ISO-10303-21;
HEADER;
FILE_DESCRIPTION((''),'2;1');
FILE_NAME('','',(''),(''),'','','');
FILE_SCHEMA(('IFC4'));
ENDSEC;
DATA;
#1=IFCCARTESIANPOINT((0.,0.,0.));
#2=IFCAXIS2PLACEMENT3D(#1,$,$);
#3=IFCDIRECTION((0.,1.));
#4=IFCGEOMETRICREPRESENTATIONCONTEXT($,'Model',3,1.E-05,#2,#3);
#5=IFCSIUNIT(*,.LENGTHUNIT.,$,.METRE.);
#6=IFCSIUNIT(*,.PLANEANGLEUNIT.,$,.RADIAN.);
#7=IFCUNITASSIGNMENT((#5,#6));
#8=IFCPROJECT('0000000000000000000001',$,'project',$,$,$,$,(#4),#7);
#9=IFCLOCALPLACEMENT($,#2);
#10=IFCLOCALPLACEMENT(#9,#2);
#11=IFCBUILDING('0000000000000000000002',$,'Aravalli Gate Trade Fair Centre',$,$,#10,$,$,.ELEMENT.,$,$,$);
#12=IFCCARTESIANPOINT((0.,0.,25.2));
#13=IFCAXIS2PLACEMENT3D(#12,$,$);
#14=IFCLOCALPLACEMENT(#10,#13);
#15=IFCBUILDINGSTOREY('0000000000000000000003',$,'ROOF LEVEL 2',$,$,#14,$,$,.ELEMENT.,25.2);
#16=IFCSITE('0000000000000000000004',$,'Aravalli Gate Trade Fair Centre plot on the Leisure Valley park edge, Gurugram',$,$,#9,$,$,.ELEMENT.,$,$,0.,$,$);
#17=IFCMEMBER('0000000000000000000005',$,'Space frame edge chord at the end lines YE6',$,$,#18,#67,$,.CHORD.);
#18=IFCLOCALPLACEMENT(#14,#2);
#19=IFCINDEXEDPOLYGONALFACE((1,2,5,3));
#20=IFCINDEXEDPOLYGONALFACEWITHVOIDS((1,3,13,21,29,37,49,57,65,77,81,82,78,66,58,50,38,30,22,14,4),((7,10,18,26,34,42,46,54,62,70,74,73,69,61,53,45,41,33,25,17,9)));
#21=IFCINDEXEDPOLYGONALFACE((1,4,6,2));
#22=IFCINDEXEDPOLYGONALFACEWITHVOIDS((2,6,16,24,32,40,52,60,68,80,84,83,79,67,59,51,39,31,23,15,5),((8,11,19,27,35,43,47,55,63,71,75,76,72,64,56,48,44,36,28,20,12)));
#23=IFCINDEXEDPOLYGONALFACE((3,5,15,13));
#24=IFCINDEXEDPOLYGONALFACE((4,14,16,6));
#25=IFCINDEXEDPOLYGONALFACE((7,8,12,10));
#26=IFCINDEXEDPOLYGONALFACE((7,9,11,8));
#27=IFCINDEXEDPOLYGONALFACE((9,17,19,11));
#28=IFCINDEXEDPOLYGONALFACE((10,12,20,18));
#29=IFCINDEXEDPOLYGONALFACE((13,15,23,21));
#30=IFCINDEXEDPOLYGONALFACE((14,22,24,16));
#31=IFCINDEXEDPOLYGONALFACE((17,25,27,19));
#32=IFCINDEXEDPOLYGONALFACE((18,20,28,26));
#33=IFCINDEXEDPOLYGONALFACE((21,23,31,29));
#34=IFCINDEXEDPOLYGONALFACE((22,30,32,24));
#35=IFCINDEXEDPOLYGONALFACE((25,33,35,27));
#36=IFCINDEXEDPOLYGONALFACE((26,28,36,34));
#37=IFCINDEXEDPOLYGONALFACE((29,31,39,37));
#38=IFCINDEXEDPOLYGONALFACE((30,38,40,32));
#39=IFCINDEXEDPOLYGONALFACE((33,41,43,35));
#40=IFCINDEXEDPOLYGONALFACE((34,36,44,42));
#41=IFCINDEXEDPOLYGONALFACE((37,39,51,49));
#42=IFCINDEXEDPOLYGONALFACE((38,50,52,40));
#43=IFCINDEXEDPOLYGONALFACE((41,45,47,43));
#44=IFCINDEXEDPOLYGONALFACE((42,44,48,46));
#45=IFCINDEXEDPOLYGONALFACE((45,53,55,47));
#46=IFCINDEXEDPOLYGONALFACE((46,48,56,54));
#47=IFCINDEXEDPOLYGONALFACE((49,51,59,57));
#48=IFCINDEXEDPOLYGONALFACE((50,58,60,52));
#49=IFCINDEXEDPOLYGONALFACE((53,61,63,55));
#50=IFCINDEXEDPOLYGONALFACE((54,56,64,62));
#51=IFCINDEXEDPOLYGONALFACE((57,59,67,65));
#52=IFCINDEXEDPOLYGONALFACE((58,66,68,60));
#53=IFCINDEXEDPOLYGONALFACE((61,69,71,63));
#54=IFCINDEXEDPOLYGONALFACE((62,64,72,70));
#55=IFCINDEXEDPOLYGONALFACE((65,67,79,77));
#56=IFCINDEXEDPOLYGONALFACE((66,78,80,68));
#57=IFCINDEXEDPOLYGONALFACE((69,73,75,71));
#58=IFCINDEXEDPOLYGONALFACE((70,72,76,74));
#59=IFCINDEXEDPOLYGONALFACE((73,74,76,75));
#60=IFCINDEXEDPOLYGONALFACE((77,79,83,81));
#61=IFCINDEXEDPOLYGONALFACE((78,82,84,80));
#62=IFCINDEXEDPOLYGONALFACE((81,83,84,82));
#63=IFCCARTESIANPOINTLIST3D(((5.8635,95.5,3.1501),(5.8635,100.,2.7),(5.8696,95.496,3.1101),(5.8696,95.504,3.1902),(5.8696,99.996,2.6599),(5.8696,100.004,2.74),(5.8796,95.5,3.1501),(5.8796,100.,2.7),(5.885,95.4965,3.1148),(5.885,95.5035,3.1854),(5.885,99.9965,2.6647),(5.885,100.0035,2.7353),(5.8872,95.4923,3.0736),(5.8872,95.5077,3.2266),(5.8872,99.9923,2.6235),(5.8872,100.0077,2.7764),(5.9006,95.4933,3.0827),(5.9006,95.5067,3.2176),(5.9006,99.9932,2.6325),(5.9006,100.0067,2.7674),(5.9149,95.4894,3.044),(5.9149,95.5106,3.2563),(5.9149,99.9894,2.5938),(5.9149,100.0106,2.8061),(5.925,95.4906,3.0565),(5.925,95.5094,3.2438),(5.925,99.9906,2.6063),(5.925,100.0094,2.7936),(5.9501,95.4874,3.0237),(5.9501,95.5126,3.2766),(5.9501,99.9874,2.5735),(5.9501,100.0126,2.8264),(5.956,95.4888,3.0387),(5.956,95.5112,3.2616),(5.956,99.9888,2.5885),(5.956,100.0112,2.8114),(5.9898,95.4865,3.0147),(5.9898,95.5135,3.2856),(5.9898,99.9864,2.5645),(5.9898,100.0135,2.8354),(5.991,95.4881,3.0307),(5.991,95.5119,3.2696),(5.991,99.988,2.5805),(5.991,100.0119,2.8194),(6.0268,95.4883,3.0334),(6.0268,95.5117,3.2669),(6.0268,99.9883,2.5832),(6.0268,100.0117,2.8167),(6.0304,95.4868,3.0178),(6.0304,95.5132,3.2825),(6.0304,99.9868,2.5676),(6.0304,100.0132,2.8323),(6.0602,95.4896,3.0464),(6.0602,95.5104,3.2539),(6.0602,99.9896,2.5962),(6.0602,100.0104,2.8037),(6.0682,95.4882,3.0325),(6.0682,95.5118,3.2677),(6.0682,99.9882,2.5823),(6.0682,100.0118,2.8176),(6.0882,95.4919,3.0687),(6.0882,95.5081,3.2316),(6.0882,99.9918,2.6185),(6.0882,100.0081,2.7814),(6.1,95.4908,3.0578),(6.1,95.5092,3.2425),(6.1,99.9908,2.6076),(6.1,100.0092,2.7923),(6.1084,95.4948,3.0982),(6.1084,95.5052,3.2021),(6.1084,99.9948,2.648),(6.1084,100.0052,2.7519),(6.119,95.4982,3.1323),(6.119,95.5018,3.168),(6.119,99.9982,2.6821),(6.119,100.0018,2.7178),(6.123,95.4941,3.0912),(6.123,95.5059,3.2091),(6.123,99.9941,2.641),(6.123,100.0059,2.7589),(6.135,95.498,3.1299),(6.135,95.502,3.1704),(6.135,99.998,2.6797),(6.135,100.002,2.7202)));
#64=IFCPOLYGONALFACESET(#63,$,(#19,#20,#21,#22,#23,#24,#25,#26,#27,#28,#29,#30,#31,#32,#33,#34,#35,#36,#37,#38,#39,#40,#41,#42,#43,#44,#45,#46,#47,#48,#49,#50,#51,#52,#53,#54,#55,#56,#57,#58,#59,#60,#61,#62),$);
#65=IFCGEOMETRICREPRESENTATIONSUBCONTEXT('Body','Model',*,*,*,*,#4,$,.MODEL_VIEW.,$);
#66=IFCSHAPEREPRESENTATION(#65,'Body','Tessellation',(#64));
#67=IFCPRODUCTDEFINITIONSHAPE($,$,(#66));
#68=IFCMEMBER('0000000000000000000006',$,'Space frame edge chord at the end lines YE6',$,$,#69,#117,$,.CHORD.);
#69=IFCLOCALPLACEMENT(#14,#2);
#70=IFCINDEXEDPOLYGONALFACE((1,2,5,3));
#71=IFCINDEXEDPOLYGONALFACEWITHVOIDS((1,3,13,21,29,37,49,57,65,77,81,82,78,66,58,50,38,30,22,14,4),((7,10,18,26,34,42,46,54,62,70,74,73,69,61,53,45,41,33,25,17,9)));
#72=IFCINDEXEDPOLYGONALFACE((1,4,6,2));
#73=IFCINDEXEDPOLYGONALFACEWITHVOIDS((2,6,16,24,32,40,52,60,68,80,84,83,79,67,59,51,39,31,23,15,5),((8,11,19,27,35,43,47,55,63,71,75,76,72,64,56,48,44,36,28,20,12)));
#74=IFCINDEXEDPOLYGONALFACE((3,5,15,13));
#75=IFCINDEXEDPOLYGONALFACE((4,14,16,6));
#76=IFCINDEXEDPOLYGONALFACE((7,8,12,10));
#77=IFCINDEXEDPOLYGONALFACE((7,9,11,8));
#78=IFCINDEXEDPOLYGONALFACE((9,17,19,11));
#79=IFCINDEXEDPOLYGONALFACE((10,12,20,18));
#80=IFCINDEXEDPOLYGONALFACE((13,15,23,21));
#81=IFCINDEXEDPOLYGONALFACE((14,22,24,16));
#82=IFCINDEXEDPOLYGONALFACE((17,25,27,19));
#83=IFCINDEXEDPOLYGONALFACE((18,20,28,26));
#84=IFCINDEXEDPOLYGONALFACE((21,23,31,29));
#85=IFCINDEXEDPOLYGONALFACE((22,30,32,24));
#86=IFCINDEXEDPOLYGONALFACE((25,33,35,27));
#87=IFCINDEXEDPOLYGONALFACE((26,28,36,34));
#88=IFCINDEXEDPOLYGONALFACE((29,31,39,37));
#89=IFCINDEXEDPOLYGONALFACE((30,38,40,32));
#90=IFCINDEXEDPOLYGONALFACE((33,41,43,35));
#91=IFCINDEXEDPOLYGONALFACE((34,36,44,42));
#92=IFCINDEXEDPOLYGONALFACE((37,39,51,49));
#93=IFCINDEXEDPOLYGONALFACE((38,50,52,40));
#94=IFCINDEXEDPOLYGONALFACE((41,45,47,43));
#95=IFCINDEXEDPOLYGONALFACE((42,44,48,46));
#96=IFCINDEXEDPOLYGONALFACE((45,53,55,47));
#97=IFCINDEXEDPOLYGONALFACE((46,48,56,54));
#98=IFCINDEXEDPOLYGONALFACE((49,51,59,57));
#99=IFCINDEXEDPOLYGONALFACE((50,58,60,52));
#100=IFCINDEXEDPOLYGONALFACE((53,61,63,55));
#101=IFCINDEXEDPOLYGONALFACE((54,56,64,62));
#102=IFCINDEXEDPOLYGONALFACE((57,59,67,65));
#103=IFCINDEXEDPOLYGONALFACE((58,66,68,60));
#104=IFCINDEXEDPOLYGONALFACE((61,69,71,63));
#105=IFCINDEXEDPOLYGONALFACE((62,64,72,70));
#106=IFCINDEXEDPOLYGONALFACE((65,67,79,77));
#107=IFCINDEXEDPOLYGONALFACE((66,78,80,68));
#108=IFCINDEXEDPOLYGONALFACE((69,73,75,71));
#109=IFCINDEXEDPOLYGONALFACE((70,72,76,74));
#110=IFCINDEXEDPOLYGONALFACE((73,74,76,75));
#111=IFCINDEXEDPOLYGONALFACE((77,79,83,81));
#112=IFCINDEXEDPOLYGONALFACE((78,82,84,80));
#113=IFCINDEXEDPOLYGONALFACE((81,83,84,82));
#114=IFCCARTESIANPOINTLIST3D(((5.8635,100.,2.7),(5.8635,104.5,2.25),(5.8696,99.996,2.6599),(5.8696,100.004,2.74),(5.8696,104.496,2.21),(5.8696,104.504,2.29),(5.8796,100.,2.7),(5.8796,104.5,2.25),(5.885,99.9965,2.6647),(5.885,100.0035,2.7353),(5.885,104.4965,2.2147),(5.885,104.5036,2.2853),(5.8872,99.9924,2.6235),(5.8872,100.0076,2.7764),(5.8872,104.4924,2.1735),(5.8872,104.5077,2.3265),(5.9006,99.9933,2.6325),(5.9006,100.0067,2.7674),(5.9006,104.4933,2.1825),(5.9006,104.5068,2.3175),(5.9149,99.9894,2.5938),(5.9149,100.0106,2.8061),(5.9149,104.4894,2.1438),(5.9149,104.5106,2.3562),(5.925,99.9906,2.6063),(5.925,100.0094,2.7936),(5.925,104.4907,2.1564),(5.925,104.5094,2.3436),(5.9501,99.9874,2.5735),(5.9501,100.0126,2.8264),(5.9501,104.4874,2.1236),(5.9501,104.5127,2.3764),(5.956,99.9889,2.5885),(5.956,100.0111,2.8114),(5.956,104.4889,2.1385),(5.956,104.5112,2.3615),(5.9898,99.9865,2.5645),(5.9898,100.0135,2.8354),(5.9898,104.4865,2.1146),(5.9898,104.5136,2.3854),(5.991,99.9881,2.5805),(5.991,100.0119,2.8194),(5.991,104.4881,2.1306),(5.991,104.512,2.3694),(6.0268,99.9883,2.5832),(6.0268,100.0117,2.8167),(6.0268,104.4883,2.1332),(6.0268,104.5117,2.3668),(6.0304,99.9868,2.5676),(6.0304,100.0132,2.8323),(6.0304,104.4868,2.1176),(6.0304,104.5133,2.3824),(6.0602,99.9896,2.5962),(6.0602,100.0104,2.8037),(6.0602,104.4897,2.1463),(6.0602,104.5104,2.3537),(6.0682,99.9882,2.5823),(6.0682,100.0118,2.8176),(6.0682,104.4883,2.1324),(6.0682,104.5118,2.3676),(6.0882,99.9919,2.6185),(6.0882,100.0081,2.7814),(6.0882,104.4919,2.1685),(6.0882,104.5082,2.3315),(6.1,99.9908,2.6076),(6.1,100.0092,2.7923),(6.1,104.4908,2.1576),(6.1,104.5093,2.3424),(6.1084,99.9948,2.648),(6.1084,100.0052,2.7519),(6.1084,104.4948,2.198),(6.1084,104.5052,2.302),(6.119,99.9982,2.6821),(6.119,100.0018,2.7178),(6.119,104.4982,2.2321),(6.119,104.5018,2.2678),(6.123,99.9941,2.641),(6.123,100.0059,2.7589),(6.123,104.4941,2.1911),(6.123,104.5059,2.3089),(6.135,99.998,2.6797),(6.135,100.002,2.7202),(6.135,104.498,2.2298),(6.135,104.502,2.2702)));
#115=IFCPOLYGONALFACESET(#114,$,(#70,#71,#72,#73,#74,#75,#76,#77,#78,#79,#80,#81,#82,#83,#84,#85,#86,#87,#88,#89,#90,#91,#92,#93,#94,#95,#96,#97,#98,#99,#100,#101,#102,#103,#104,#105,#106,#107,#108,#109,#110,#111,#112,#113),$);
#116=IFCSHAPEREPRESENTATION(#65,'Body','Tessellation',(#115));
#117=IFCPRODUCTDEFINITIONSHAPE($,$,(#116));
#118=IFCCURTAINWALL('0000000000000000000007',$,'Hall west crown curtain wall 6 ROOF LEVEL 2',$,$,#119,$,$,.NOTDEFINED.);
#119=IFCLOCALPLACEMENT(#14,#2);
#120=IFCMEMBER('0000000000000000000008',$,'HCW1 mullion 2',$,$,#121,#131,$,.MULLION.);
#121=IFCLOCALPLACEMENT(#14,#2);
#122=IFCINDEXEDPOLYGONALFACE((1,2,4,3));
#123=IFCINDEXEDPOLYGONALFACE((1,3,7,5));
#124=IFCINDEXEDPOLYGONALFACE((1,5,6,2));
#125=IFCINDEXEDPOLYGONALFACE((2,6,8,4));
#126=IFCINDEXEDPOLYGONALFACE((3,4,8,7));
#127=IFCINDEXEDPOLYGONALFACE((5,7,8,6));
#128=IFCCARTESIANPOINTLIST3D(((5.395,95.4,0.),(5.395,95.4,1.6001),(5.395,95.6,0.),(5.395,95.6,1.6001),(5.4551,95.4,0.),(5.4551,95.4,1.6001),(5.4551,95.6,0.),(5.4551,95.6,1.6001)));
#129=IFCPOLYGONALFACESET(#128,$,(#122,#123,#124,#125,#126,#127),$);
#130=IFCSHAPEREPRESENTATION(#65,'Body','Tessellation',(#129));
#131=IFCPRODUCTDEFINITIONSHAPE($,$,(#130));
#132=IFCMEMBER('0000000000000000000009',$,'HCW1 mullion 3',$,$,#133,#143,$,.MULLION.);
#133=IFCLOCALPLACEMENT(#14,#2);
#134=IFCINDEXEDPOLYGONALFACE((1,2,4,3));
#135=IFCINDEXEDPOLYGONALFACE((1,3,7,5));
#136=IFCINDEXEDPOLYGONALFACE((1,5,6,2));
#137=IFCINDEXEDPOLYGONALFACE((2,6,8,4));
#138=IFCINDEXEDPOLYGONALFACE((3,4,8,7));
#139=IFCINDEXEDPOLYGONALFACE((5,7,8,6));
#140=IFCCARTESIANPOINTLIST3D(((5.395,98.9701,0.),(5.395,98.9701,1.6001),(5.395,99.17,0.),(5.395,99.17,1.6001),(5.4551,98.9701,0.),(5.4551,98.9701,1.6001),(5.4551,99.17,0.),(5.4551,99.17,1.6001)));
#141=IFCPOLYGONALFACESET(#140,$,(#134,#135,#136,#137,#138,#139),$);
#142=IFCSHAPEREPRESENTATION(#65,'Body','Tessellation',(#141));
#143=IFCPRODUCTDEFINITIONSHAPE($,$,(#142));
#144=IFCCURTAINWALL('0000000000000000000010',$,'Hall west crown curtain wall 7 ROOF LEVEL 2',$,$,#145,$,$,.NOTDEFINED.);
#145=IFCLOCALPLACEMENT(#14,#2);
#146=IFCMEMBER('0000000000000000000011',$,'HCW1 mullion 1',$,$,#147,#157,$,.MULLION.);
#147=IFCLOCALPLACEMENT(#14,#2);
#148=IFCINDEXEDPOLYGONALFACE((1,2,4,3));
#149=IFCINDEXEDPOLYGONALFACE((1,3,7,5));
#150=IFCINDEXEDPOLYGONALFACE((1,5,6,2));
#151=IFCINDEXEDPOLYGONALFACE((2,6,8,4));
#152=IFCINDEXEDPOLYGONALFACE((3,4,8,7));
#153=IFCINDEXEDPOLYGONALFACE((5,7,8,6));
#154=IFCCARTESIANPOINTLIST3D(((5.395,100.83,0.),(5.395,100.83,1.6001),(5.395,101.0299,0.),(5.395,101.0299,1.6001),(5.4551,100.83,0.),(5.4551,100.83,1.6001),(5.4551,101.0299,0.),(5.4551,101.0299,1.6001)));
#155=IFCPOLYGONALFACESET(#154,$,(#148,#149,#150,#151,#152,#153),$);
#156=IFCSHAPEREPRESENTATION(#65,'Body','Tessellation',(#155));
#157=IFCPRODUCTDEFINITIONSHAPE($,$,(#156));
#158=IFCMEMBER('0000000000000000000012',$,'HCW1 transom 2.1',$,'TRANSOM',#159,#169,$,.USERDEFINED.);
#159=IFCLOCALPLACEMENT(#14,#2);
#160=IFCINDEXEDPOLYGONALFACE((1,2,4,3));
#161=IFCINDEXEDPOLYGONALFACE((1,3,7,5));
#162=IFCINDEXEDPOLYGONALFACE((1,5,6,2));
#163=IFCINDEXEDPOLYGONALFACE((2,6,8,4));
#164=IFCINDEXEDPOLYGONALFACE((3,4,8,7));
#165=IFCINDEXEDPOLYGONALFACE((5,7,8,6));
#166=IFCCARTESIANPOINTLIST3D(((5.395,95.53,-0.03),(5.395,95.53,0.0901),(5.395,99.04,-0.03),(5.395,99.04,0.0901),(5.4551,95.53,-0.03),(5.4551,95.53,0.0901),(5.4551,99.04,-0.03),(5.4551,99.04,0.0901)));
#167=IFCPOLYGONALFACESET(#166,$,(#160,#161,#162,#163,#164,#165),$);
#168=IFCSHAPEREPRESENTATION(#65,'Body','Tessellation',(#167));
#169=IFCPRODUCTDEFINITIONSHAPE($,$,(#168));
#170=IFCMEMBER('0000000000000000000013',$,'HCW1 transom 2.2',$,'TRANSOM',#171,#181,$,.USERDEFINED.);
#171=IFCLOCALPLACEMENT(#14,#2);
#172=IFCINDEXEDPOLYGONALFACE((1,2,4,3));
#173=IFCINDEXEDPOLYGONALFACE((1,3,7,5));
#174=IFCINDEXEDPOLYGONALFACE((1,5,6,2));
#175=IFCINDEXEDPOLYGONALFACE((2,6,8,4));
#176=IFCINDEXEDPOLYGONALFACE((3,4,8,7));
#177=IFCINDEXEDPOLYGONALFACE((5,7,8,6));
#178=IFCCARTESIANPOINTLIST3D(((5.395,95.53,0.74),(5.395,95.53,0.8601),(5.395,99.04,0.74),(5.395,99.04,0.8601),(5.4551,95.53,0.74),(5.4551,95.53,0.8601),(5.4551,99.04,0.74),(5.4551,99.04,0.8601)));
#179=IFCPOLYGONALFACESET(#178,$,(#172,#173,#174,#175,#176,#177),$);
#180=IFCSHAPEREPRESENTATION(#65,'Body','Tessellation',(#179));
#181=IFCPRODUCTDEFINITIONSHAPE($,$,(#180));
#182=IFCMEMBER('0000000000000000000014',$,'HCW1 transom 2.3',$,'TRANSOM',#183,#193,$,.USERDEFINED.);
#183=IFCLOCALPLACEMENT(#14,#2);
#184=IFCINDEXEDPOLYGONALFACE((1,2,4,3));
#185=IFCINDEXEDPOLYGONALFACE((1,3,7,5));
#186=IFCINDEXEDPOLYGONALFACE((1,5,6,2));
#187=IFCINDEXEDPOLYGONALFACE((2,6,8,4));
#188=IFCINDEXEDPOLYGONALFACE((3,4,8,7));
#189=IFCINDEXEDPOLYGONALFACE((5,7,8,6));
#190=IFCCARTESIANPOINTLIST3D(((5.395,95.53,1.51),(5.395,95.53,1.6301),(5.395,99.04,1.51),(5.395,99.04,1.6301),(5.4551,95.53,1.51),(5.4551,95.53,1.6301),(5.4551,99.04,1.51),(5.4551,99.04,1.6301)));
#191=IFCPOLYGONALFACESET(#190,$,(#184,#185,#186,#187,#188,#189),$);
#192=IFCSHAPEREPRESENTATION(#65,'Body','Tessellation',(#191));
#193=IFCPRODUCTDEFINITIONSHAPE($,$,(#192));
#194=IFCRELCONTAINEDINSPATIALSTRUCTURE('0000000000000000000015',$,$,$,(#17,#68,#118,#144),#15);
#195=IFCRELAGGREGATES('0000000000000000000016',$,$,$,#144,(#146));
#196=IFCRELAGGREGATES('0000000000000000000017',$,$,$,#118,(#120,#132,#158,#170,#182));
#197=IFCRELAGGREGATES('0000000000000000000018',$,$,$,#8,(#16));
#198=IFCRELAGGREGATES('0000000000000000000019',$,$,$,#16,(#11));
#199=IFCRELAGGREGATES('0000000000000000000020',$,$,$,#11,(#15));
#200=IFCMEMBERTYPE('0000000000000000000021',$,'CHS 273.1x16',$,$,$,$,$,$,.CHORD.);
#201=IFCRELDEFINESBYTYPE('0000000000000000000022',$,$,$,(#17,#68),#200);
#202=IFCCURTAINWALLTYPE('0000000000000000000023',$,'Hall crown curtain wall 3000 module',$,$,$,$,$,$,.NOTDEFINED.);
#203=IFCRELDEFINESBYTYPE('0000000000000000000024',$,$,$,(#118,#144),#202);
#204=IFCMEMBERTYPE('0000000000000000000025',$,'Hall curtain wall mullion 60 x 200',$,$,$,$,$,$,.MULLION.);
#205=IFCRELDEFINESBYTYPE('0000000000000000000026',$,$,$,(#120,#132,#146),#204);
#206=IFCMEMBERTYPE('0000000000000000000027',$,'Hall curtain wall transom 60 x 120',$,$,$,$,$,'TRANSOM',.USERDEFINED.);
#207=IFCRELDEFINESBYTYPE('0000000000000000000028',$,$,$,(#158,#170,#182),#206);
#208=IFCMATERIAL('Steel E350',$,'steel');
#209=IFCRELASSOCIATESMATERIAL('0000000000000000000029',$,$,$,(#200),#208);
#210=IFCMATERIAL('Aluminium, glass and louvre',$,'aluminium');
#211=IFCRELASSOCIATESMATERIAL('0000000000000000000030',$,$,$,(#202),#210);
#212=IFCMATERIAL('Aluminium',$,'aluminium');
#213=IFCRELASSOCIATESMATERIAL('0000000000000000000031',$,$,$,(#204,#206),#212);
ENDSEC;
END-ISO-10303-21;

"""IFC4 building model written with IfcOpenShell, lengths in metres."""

from ifc_helpers import new_model, si_unit, direction, frame, origin, origin_2d, place, context, subcontext, project, spatial, rectangle, hollow_circle, extrude, material, material_profile, profile_set, type_object, element, aggregate, save


model = new_model("IFC4")

# Units and contexts
model_context = context("Model", 3, precision=1e-05, world=origin(), true_north=direction((0.0, 1.0)))
body_context = subcontext(model_context, "Body", "Model", "MODEL_VIEW")
ifc_project = project(units=[si_unit("LENGTHUNIT", "METRE"), si_unit("PLANEANGLEUNIT", "RADIAN")], contexts=[model_context])

# Site, building, storey
site_placement = place(None, origin())
site = spatial("IfcSite", under=ifc_project, at=site_placement, Name="Aravalli Gate Trade Fair Centre plot on the Leisure Valley park edge, Gurugram", CompositionType="ELEMENT", RefElevation=0.0)
building_placement = place(site_placement, origin())
building = spatial("IfcBuilding", under=site, at=building_placement, Name="Aravalli Gate Trade Fair Centre", CompositionType="ELEMENT")
storey_placement = place(building_placement, frame((0.0, 0.0, 25.2)))
storey = spatial("IfcBuildingStorey", under=building, at=storey_placement, Name="ROOF LEVEL 2", CompositionType="ELEMENT", Elevation=25.2)

# Members
ifc_material_1 = material(Name="Steel E350", Category="steel")
ifc_material_profile_1 = material_profile(ifc_material_1, hollow_circle(Radius=0.1365, WallThickness=0.0161, at=origin_2d()), Name="CHS 273.1x16")
ifc_profile_set_1 = profile_set([ifc_material_profile_1], Name="Steel E350")
member_type_1 = type_object("IfcMemberType", Name="CHS 273.1x16", PredefinedType="CHORD", material=ifc_profile_set_1)
for number, where, z_axis, x_axis, name in (
    (1, (6.0, 95.5, 3.1501), (0.0, 0.995033, -0.099546), (-1.0, 0.0, 0.0), "Space frame edge chord at the end lines YE6"),
    (2, (6.0, 100.0, 2.7), (0.0, 0.995038, -0.099493), (-1.0, 0.0, 0.0), "Space frame edge chord at the end lines YE6"),
):
    element("IfcMember", number, at=place(storey_placement, frame(where, z_axis=z_axis, x_axis=x_axis)), inside=storey, type_object=member_type_1, Name=name, PredefinedType="CHORD", context=body_context, shape_type="SweptSolid", body=[
        extrude(hollow_circle(Radius=0.1365, WallThickness=0.0161, at=origin_2d()), origin(), (0.0, 0.0, 1.0), 4.5225),
    ])

# Curtain wall, members
ifc_material_2 = material(Name="Aluminium, glass and louvre", Category="aluminium")
curtain_wall_type = type_object("IfcCurtainWallType", Name="Hall crown curtain wall 3000 module", PredefinedType="NOTDEFINED", material=ifc_material_2)
curtain_wall_1_placement = place(storey_placement, origin())
curtain_wall_1 = element("IfcCurtainWall", 3, at=curtain_wall_1_placement, inside=storey, type_object=curtain_wall_type, Name="Hall west crown curtain wall 6 ROOF LEVEL 2", PredefinedType="NOTDEFINED")
ifc_material_3 = material(Name="Aluminium", Category="aluminium")
ifc_material_profile_2 = material_profile(ifc_material_3, rectangle(XDim=0.0601, YDim=0.2, at=origin_2d()), Name="Hall curtain wall mullion 60 x 200")
ifc_profile_set_2 = profile_set([ifc_material_profile_2], Name="Aluminium")
member_type_2 = type_object("IfcMemberType", Name="Hall curtain wall mullion 60 x 200", PredefinedType="MULLION", material=ifc_profile_set_2)
member_1_placement = place(storey_placement, frame((5.425, 95.5, 0.0), z_axis=(0.0, 0.0, 1.0), x_axis=(-1.0, 0.0, 0.0)))
member_1 = element("IfcMember", 4, at=member_1_placement, type_object=member_type_2, Name="HCW1 mullion 2", PredefinedType="MULLION", context=body_context, shape_type="SweptSolid", body=[
    extrude(rectangle(XDim=0.0601, YDim=0.2, at=origin_2d()), origin(), (0.0, 0.0, 1.0), 1.6001),
])
member_2_placement = place(storey_placement, frame((5.425, 99.0701, 0.0), z_axis=(0.0, 0.0, 1.0), x_axis=(-1.0, 0.0, 0.0)))
member_2 = element("IfcMember", 5, at=member_2_placement, type_object=member_type_2, Name="HCW1 mullion 3", PredefinedType="MULLION", context=body_context, shape_type="SweptSolid", body=[
    extrude(rectangle(XDim=0.0601, YDim=0.2, at=origin_2d()), origin(), (0.0, 0.0, 1.0), 1.6001),
])

# Curtain wall, member
curtain_wall_2_placement = place(storey_placement, origin())
curtain_wall_2 = element("IfcCurtainWall", 6, at=curtain_wall_2_placement, inside=storey, type_object=curtain_wall_type, Name="Hall west crown curtain wall 7 ROOF LEVEL 2", PredefinedType="NOTDEFINED")
member_3_placement = place(storey_placement, frame((5.425, 100.9299, 0.0), z_axis=(0.0, 0.0, 1.0), x_axis=(-1.0, 0.0, 0.0)))
member_3 = element("IfcMember", 7, at=member_3_placement, type_object=member_type_2, Name="HCW1 mullion 1", PredefinedType="MULLION", context=body_context, shape_type="SweptSolid", body=[
    extrude(rectangle(XDim=0.0601, YDim=0.2, at=origin_2d()), origin(), (0.0, 0.0, 1.0), 1.6001),
])

# Members
ifc_material_profile_3 = material_profile(ifc_material_3, rectangle(XDim=0.0601, YDim=0.1201, at=origin_2d()), Name="Hall curtain wall transom 60 x 120")
ifc_profile_set_3 = profile_set([ifc_material_profile_3], Name="Aluminium")
member_type_3 = type_object("IfcMemberType", Name="Hall curtain wall transom 60 x 120", ElementType="TRANSOM", PredefinedType="USERDEFINED", material=ifc_profile_set_3)
member_4_placement = place(storey_placement, frame((5.425, 95.53, 0.03), z_axis=(0.0, 1.0, 0.0), x_axis=(-1.0, 0.0, 0.0)))
member_4 = element("IfcMember", 8, at=member_4_placement, type_object=member_type_3, Name="HCW1 transom 2.1", ObjectType="TRANSOM", PredefinedType="USERDEFINED", context=body_context, shape_type="SweptSolid", body=[
    extrude(rectangle(XDim=0.0601, YDim=0.1201, at=origin_2d()), origin(), (0.0, 0.0, 1.0), 3.51),
])
member_5_placement = place(storey_placement, frame((5.425, 95.53, 0.8), z_axis=(0.0, 1.0, 0.0), x_axis=(-1.0, 0.0, 0.0)))
member_5 = element("IfcMember", 9, at=member_5_placement, type_object=member_type_3, Name="HCW1 transom 2.2", ObjectType="TRANSOM", PredefinedType="USERDEFINED", context=body_context, shape_type="SweptSolid", body=[
    extrude(rectangle(XDim=0.0601, YDim=0.1201, at=origin_2d()), origin(), (0.0, 0.0, 1.0), 3.51),
])
member_6_placement = place(storey_placement, frame((5.425, 95.53, 1.5701), z_axis=(0.0, 1.0, 0.0), x_axis=(-1.0, 0.0, 0.0)))
member_6 = element("IfcMember", 10, at=member_6_placement, type_object=member_type_3, Name="HCW1 transom 2.3", ObjectType="TRANSOM", PredefinedType="USERDEFINED", context=body_context, shape_type="SweptSolid", body=[
    extrude(rectangle(XDim=0.0601, YDim=0.1201, at=origin_2d()), origin(), (0.0, 0.0, 1.0), 3.51),
])
aggregate(curtain_wall_2, [member_3])

aggregate(curtain_wall_1, [member_1, member_2, member_4, member_5, member_6])

save(model, "model.ifc")
